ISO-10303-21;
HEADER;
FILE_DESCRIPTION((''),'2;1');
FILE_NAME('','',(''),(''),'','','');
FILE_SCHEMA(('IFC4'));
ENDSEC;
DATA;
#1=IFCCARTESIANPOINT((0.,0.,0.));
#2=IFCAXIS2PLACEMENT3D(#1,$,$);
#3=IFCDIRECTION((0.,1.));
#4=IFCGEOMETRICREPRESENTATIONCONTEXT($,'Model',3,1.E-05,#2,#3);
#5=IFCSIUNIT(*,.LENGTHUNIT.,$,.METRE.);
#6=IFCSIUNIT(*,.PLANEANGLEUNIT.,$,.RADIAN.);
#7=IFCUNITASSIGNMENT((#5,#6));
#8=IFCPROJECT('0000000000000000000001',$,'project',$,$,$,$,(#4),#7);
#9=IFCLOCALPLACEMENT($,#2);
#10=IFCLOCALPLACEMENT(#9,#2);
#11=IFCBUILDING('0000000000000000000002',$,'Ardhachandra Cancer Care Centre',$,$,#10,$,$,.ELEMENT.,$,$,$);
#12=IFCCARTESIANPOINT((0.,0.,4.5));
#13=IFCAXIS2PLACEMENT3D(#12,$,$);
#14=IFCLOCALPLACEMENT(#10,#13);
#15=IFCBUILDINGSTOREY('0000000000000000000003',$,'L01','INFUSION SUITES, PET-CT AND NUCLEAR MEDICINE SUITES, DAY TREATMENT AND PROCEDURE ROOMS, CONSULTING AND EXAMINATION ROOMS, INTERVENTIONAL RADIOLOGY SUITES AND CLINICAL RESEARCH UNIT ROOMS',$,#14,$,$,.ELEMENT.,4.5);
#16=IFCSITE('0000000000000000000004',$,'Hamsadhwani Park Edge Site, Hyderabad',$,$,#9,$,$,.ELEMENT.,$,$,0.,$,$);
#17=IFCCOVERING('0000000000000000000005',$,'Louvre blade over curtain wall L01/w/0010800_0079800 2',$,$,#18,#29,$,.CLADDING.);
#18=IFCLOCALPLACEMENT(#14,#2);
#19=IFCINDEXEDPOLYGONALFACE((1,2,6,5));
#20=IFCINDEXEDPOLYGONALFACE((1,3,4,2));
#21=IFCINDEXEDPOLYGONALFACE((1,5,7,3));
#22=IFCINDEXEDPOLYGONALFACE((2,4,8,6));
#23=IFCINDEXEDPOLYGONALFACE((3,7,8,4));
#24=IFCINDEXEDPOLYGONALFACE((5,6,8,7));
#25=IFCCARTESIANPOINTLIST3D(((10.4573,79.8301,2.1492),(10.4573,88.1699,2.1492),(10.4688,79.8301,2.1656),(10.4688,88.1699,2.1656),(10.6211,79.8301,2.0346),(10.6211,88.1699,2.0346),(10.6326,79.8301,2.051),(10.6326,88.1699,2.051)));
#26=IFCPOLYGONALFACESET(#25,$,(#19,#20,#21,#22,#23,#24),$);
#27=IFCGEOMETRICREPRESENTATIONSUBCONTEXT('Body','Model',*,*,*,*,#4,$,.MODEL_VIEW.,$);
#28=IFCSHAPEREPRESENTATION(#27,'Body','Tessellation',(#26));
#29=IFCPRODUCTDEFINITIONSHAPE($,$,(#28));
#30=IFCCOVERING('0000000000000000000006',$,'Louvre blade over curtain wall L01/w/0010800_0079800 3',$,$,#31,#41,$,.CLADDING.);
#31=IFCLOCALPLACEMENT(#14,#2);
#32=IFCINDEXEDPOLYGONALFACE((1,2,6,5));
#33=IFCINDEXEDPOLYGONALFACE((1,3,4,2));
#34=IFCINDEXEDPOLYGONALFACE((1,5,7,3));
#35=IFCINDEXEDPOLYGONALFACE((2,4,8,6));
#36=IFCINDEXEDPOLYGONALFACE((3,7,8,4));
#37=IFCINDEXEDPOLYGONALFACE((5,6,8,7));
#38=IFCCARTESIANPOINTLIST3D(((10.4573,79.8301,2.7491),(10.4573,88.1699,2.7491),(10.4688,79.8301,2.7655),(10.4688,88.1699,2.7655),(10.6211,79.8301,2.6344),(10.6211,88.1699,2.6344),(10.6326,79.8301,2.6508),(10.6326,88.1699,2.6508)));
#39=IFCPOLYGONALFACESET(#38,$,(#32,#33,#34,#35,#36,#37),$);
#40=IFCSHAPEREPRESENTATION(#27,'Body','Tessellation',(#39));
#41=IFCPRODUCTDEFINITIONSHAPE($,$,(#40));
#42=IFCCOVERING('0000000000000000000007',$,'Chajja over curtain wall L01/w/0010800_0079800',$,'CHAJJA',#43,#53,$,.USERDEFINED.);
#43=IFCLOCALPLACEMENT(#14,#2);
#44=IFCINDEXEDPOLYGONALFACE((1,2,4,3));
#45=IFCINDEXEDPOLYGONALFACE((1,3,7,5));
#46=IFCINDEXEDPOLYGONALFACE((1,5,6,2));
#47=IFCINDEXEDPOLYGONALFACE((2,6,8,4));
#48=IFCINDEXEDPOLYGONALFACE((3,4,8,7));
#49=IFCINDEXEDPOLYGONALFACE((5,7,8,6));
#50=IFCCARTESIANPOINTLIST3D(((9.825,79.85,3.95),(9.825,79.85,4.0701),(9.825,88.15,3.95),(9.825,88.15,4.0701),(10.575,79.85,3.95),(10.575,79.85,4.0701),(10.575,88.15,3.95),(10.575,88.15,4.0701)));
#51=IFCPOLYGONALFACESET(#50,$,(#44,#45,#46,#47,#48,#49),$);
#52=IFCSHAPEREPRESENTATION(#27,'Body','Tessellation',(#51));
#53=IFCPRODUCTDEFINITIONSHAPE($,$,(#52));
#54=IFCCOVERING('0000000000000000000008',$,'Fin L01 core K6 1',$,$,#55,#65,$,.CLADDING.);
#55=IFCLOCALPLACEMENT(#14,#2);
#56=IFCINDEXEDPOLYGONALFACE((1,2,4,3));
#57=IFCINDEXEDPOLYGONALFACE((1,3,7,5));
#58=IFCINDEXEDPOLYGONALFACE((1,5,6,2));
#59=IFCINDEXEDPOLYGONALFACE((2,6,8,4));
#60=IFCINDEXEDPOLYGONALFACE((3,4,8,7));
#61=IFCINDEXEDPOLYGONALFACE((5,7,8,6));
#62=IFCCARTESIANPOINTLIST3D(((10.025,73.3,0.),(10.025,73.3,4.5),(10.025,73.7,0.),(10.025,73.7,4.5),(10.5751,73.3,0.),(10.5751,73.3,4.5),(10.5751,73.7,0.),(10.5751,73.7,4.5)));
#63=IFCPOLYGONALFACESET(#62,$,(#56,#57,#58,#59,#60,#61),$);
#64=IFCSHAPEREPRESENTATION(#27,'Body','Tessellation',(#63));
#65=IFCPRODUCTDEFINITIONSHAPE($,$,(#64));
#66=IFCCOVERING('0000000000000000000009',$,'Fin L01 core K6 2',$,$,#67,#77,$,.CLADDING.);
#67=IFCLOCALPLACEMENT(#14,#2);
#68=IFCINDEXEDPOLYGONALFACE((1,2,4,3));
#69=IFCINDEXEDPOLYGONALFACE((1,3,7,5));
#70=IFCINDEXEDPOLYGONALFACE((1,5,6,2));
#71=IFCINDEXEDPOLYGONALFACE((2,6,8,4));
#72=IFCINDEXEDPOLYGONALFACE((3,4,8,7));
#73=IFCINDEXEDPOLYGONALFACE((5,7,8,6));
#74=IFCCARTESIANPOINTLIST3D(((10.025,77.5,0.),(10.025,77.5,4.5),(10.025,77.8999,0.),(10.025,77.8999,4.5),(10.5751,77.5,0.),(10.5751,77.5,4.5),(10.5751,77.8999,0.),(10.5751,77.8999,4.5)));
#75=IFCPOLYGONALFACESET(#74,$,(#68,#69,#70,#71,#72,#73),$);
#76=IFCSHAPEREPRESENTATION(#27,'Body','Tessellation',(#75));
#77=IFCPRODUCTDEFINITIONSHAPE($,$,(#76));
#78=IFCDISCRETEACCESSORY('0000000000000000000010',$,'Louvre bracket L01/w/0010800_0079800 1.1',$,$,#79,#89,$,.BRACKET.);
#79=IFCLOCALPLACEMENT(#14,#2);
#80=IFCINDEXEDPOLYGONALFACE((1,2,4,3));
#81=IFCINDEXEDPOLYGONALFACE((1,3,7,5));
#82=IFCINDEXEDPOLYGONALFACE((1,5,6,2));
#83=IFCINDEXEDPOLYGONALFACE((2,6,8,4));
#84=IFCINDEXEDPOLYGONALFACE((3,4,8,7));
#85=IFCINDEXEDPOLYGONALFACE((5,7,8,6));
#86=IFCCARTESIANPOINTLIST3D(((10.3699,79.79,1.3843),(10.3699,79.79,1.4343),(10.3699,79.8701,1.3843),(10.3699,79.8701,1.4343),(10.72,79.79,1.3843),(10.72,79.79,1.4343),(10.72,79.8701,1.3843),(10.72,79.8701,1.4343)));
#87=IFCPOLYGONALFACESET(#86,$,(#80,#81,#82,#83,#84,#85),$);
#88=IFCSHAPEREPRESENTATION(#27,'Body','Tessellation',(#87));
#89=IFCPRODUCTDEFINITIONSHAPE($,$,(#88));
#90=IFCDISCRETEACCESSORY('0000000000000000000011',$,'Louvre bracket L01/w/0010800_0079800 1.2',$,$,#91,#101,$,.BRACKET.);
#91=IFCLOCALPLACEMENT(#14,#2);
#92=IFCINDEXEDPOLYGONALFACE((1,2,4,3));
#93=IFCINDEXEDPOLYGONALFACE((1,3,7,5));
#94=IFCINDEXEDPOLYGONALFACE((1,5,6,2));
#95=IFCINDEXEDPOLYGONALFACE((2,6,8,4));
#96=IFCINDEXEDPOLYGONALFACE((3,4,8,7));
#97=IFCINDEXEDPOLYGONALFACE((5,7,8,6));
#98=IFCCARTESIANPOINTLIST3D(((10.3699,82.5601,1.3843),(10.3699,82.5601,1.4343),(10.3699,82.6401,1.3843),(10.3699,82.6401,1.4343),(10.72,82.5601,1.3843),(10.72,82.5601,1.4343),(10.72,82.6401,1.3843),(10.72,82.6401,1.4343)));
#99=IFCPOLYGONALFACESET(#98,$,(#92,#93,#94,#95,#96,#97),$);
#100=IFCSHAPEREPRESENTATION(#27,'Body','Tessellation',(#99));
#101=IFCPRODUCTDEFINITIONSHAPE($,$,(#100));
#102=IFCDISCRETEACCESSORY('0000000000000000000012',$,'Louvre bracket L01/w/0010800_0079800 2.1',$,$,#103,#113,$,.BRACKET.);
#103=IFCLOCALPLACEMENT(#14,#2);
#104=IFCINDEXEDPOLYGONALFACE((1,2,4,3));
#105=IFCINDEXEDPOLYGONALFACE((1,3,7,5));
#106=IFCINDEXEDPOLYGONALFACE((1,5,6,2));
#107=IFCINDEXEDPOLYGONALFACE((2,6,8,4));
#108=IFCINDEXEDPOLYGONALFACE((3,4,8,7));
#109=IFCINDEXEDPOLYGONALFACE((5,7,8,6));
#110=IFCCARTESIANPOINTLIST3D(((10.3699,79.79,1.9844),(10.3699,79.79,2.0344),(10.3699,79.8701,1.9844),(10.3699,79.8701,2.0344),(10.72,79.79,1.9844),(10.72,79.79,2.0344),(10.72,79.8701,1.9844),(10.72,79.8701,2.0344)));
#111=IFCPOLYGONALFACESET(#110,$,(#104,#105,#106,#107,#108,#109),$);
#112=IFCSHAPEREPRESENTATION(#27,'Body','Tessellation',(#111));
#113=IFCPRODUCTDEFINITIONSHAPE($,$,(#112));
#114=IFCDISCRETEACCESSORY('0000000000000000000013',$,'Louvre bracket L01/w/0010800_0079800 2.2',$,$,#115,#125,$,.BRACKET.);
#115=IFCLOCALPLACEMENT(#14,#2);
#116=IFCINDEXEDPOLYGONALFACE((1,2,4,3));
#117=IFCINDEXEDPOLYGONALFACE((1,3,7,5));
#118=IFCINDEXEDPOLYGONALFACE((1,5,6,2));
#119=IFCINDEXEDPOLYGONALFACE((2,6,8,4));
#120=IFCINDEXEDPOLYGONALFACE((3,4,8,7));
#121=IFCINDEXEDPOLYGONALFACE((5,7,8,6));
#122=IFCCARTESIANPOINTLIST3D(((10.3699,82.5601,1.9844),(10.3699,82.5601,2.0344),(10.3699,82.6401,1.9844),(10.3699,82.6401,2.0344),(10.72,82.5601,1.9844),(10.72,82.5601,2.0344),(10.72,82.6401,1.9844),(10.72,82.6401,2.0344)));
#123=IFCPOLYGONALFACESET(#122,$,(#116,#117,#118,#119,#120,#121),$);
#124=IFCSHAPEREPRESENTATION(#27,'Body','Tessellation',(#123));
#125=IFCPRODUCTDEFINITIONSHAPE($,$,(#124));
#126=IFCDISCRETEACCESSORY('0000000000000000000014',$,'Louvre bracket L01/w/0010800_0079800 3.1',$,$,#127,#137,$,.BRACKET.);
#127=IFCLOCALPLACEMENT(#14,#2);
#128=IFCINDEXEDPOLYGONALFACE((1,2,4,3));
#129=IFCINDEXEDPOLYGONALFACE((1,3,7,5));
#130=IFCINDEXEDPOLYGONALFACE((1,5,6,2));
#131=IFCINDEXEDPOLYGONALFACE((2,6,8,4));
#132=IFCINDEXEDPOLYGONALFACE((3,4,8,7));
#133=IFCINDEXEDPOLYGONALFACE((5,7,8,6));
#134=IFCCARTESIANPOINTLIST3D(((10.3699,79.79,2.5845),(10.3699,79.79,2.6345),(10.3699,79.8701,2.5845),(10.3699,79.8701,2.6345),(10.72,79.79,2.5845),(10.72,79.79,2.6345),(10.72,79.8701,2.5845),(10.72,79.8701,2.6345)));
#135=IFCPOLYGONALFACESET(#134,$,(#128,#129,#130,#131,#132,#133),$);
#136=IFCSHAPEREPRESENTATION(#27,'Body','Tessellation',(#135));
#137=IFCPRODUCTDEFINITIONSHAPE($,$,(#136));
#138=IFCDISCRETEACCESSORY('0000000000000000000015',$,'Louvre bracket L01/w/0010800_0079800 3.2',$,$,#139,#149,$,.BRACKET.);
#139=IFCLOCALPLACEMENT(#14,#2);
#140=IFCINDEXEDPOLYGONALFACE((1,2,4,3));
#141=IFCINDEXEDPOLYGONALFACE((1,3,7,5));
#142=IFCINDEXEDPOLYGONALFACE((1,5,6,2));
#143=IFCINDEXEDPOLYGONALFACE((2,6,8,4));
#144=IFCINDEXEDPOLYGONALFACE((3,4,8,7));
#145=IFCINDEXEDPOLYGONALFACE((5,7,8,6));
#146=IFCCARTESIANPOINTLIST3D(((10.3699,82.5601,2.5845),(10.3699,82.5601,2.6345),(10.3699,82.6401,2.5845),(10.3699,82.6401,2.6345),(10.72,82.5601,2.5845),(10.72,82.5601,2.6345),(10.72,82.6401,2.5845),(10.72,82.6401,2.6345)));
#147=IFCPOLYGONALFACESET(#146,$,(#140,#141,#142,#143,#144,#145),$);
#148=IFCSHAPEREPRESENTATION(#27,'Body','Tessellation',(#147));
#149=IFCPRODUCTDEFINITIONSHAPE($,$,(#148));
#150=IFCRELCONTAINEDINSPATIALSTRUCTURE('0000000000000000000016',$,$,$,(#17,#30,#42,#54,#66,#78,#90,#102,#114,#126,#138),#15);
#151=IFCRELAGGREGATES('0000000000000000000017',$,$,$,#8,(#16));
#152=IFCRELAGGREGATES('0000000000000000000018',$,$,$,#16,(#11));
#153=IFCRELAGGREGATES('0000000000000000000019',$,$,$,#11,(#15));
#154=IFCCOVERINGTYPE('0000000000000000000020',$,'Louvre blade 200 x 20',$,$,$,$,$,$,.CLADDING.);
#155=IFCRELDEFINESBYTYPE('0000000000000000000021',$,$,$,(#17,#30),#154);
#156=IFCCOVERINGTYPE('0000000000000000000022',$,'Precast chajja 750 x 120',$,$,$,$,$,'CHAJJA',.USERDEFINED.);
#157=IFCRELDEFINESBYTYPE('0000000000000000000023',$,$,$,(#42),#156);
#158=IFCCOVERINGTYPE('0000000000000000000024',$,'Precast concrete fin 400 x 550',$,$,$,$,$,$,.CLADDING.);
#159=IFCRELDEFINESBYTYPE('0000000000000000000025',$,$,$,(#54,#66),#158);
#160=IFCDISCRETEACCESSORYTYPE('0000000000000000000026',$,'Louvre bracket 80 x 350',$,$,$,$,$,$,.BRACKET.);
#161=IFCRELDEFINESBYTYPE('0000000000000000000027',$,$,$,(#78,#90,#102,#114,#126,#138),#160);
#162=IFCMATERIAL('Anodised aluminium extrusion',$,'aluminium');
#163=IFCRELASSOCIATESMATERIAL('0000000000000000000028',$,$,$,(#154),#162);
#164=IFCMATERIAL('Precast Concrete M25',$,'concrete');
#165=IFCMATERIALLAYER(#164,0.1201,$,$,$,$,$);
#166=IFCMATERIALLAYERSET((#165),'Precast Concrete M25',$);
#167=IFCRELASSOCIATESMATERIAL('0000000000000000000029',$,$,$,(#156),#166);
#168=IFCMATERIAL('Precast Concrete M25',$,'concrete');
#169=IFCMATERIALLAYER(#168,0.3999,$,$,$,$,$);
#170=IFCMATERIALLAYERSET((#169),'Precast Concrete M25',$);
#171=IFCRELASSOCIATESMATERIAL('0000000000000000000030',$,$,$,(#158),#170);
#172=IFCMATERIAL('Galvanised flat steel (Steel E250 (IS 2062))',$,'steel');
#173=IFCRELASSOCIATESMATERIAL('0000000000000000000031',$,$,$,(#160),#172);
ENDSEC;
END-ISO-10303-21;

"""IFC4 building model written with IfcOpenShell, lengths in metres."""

from ifc_helpers import new_model, si_unit, direction, frame, origin, origin_2d, place, context, subcontext, project, spatial, rectangle, extrude, material, layer, layer_set, material_profile, profile_set, type_object, element, save


model = new_model("IFC4")

# Units and contexts
model_context = context("Model", 3, precision=1e-05, world=origin(), true_north=direction((0.0, 1.0)))
body_context = subcontext(model_context, "Body", "Model", "MODEL_VIEW")
ifc_project = project(units=[si_unit("LENGTHUNIT", "METRE"), si_unit("PLANEANGLEUNIT", "RADIAN")], contexts=[model_context])

# Site, building, storey
site_placement = place(None, origin())
site = spatial("IfcSite", under=ifc_project, at=site_placement, Name="Hamsadhwani Park Edge Site, Hyderabad", CompositionType="ELEMENT", RefElevation=0.0)
building_placement = place(site_placement, origin())
building = spatial("IfcBuilding", under=site, at=building_placement, Name="Ardhachandra Cancer Care Centre", CompositionType="ELEMENT")
storey_placement = place(building_placement, frame((0.0, 0.0, 4.5)))
storey = spatial("IfcBuildingStorey", under=building, at=storey_placement, Name="L01", Description="INFUSION SUITES, PET-CT AND NUCLEAR MEDICINE SUITES, DAY TREATMENT AND PROCEDURE ROOMS, CONSULTING AND EXAMINATION ROOMS, INTERVENTIONAL RADIOLOGY SUITES AND CLINICAL RESEARCH UNIT ROOMS", CompositionType="ELEMENT", Elevation=4.5)

# Coverings
ifc_material_1 = material(Name="Anodised aluminium extrusion", Category="aluminium")
ifc_material_profile_1 = material_profile(ifc_material_1, rectangle(XDim=0.2, YDim=0.02, at=origin_2d()), Name="Louvre blade 200 x 20")
ifc_profile_set_1 = profile_set([ifc_material_profile_1], Name="Anodised aluminium extrusion")
covering_type_1 = type_object("IfcCoveringType", Name="Louvre blade 200 x 20", PredefinedType="CLADDING", material=ifc_profile_set_1)
for number, where, z_axis, x_axis, name in (
    (1, (10.5449, 79.8301, 2.1001), (0.0, 1.0, 0.0), (-0.819152, 0.0, 0.573576), "Louvre blade over curtain wall L01/w/0010800_0079800 2"),
    (2, (10.5449, 79.8301, 2.7), (0.0, 1.0, 0.0), (-0.819152, 0.0, 0.573576), "Louvre blade over curtain wall L01/w/0010800_0079800 3"),
):
    element("IfcCovering", number, at=place(storey_placement, frame(where, z_axis=z_axis, x_axis=x_axis)), inside=storey, type_object=covering_type_1, Name=name, PredefinedType="CLADDING", context=body_context, shape_type="SweptSolid", body=[
        extrude(rectangle(XDim=0.2, YDim=0.02, at=origin_2d()), origin(), (0.0, 0.0, 1.0), 8.3398),
    ])
ifc_material_2 = material(Name="Precast Concrete M25", Category="concrete")
ifc_layer_1 = layer(ifc_material_2, 0.1201)
ifc_layer_set_1 = layer_set([ifc_layer_1], Name="Precast Concrete M25")
covering_type_2 = type_object("IfcCoveringType", Name="Precast chajja 750 x 120", ElementType="CHAJJA", PredefinedType="USERDEFINED", material=ifc_layer_set_1)
covering_placement = place(storey_placement, frame((10.2, 84.0, 3.95), z_axis=(0.0, 0.0, 1.0), x_axis=(0.0, 1.0, 0.0)))
element("IfcCovering", 3, at=covering_placement, inside=storey, type_object=covering_type_2, Name="Chajja over curtain wall L01/w/0010800_0079800", ObjectType="CHAJJA", PredefinedType="USERDEFINED", context=body_context, shape_type="SweptSolid", body=[
    extrude(rectangle(XDim=8.3, YDim=0.75, at=origin_2d()), origin(), (0.0, 0.0, 1.0), 0.1201),
])
ifc_material_3 = material(Name="Precast Concrete M25", Category="concrete")
ifc_layer_2 = layer(ifc_material_3, 0.3999)
ifc_layer_set_2 = layer_set([ifc_layer_2], Name="Precast Concrete M25")
covering_type_3 = type_object("IfcCoveringType", Name="Precast concrete fin 400 x 550", PredefinedType="CLADDING", material=ifc_layer_set_2)
for number, where, z_axis, x_axis, name in (
    (4, (10.3, 73.5, 0.0), (0.0, 0.0, 1.0), (0.0, 1.0, 0.0), "Fin L01 core K6 1"),
    (5, (10.3, 77.7, 0.0), (0.0, 0.0, 1.0), (0.0, 1.0, 0.0), "Fin L01 core K6 2"),
):
    element("IfcCovering", number, at=place(storey_placement, frame(where, z_axis=z_axis, x_axis=x_axis)), inside=storey, type_object=covering_type_3, Name=name, PredefinedType="CLADDING", context=body_context, shape_type="SweptSolid", body=[
        extrude(rectangle(XDim=0.3999, YDim=0.55, at=origin_2d()), origin(), (0.0, 0.0, 1.0), 4.5),
    ])

# Discrete accessories
ifc_material_4 = material(Name="Galvanised flat steel (Steel E250 (IS 2062))", Category="steel")
discrete_accessory_type = type_object("IfcDiscreteAccessoryType", Name="Louvre bracket 80 x 350", PredefinedType="BRACKET", material=ifc_material_4)
for number, where, z_axis, x_axis, name in (
    (6, (10.5449, 79.8301, 1.3843), (0.0, 0.0, 1.0), (0.0, 1.0, 0.0), "Louvre bracket L01/w/0010800_0079800 1.1"),
    (7, (10.5449, 82.6001, 1.3843), (0.0, 0.0, 1.0), (0.0, 1.0, 0.0), "Louvre bracket L01/w/0010800_0079800 1.2"),
    (8, (10.5449, 79.8301, 1.9844), (0.0, 0.0, 1.0), (0.0, 1.0, 0.0), "Louvre bracket L01/w/0010800_0079800 2.1"),
    (9, (10.5449, 82.6001, 1.9844), (0.0, 0.0, 1.0), (0.0, 1.0, 0.0), "Louvre bracket L01/w/0010800_0079800 2.2"),
    (10, (10.5449, 79.8301, 2.5845), (0.0, 0.0, 1.0), (0.0, 1.0, 0.0), "Louvre bracket L01/w/0010800_0079800 3.1"),
    (11, (10.5449, 82.6001, 2.5845), (0.0, 0.0, 1.0), (0.0, 1.0, 0.0), "Louvre bracket L01/w/0010800_0079800 3.2"),
):
    element("IfcDiscreteAccessory", number, at=place(storey_placement, frame(where, z_axis=z_axis, x_axis=x_axis)), inside=storey, type_object=discrete_accessory_type, Name=name, PredefinedType="BRACKET", context=body_context, shape_type="SweptSolid", body=[
        extrude(rectangle(XDim=0.0801, YDim=0.3501, at=origin_2d()), origin(), (0.0, 0.0, 1.0), 0.05),
    ])

save(model, "model.ifc")
